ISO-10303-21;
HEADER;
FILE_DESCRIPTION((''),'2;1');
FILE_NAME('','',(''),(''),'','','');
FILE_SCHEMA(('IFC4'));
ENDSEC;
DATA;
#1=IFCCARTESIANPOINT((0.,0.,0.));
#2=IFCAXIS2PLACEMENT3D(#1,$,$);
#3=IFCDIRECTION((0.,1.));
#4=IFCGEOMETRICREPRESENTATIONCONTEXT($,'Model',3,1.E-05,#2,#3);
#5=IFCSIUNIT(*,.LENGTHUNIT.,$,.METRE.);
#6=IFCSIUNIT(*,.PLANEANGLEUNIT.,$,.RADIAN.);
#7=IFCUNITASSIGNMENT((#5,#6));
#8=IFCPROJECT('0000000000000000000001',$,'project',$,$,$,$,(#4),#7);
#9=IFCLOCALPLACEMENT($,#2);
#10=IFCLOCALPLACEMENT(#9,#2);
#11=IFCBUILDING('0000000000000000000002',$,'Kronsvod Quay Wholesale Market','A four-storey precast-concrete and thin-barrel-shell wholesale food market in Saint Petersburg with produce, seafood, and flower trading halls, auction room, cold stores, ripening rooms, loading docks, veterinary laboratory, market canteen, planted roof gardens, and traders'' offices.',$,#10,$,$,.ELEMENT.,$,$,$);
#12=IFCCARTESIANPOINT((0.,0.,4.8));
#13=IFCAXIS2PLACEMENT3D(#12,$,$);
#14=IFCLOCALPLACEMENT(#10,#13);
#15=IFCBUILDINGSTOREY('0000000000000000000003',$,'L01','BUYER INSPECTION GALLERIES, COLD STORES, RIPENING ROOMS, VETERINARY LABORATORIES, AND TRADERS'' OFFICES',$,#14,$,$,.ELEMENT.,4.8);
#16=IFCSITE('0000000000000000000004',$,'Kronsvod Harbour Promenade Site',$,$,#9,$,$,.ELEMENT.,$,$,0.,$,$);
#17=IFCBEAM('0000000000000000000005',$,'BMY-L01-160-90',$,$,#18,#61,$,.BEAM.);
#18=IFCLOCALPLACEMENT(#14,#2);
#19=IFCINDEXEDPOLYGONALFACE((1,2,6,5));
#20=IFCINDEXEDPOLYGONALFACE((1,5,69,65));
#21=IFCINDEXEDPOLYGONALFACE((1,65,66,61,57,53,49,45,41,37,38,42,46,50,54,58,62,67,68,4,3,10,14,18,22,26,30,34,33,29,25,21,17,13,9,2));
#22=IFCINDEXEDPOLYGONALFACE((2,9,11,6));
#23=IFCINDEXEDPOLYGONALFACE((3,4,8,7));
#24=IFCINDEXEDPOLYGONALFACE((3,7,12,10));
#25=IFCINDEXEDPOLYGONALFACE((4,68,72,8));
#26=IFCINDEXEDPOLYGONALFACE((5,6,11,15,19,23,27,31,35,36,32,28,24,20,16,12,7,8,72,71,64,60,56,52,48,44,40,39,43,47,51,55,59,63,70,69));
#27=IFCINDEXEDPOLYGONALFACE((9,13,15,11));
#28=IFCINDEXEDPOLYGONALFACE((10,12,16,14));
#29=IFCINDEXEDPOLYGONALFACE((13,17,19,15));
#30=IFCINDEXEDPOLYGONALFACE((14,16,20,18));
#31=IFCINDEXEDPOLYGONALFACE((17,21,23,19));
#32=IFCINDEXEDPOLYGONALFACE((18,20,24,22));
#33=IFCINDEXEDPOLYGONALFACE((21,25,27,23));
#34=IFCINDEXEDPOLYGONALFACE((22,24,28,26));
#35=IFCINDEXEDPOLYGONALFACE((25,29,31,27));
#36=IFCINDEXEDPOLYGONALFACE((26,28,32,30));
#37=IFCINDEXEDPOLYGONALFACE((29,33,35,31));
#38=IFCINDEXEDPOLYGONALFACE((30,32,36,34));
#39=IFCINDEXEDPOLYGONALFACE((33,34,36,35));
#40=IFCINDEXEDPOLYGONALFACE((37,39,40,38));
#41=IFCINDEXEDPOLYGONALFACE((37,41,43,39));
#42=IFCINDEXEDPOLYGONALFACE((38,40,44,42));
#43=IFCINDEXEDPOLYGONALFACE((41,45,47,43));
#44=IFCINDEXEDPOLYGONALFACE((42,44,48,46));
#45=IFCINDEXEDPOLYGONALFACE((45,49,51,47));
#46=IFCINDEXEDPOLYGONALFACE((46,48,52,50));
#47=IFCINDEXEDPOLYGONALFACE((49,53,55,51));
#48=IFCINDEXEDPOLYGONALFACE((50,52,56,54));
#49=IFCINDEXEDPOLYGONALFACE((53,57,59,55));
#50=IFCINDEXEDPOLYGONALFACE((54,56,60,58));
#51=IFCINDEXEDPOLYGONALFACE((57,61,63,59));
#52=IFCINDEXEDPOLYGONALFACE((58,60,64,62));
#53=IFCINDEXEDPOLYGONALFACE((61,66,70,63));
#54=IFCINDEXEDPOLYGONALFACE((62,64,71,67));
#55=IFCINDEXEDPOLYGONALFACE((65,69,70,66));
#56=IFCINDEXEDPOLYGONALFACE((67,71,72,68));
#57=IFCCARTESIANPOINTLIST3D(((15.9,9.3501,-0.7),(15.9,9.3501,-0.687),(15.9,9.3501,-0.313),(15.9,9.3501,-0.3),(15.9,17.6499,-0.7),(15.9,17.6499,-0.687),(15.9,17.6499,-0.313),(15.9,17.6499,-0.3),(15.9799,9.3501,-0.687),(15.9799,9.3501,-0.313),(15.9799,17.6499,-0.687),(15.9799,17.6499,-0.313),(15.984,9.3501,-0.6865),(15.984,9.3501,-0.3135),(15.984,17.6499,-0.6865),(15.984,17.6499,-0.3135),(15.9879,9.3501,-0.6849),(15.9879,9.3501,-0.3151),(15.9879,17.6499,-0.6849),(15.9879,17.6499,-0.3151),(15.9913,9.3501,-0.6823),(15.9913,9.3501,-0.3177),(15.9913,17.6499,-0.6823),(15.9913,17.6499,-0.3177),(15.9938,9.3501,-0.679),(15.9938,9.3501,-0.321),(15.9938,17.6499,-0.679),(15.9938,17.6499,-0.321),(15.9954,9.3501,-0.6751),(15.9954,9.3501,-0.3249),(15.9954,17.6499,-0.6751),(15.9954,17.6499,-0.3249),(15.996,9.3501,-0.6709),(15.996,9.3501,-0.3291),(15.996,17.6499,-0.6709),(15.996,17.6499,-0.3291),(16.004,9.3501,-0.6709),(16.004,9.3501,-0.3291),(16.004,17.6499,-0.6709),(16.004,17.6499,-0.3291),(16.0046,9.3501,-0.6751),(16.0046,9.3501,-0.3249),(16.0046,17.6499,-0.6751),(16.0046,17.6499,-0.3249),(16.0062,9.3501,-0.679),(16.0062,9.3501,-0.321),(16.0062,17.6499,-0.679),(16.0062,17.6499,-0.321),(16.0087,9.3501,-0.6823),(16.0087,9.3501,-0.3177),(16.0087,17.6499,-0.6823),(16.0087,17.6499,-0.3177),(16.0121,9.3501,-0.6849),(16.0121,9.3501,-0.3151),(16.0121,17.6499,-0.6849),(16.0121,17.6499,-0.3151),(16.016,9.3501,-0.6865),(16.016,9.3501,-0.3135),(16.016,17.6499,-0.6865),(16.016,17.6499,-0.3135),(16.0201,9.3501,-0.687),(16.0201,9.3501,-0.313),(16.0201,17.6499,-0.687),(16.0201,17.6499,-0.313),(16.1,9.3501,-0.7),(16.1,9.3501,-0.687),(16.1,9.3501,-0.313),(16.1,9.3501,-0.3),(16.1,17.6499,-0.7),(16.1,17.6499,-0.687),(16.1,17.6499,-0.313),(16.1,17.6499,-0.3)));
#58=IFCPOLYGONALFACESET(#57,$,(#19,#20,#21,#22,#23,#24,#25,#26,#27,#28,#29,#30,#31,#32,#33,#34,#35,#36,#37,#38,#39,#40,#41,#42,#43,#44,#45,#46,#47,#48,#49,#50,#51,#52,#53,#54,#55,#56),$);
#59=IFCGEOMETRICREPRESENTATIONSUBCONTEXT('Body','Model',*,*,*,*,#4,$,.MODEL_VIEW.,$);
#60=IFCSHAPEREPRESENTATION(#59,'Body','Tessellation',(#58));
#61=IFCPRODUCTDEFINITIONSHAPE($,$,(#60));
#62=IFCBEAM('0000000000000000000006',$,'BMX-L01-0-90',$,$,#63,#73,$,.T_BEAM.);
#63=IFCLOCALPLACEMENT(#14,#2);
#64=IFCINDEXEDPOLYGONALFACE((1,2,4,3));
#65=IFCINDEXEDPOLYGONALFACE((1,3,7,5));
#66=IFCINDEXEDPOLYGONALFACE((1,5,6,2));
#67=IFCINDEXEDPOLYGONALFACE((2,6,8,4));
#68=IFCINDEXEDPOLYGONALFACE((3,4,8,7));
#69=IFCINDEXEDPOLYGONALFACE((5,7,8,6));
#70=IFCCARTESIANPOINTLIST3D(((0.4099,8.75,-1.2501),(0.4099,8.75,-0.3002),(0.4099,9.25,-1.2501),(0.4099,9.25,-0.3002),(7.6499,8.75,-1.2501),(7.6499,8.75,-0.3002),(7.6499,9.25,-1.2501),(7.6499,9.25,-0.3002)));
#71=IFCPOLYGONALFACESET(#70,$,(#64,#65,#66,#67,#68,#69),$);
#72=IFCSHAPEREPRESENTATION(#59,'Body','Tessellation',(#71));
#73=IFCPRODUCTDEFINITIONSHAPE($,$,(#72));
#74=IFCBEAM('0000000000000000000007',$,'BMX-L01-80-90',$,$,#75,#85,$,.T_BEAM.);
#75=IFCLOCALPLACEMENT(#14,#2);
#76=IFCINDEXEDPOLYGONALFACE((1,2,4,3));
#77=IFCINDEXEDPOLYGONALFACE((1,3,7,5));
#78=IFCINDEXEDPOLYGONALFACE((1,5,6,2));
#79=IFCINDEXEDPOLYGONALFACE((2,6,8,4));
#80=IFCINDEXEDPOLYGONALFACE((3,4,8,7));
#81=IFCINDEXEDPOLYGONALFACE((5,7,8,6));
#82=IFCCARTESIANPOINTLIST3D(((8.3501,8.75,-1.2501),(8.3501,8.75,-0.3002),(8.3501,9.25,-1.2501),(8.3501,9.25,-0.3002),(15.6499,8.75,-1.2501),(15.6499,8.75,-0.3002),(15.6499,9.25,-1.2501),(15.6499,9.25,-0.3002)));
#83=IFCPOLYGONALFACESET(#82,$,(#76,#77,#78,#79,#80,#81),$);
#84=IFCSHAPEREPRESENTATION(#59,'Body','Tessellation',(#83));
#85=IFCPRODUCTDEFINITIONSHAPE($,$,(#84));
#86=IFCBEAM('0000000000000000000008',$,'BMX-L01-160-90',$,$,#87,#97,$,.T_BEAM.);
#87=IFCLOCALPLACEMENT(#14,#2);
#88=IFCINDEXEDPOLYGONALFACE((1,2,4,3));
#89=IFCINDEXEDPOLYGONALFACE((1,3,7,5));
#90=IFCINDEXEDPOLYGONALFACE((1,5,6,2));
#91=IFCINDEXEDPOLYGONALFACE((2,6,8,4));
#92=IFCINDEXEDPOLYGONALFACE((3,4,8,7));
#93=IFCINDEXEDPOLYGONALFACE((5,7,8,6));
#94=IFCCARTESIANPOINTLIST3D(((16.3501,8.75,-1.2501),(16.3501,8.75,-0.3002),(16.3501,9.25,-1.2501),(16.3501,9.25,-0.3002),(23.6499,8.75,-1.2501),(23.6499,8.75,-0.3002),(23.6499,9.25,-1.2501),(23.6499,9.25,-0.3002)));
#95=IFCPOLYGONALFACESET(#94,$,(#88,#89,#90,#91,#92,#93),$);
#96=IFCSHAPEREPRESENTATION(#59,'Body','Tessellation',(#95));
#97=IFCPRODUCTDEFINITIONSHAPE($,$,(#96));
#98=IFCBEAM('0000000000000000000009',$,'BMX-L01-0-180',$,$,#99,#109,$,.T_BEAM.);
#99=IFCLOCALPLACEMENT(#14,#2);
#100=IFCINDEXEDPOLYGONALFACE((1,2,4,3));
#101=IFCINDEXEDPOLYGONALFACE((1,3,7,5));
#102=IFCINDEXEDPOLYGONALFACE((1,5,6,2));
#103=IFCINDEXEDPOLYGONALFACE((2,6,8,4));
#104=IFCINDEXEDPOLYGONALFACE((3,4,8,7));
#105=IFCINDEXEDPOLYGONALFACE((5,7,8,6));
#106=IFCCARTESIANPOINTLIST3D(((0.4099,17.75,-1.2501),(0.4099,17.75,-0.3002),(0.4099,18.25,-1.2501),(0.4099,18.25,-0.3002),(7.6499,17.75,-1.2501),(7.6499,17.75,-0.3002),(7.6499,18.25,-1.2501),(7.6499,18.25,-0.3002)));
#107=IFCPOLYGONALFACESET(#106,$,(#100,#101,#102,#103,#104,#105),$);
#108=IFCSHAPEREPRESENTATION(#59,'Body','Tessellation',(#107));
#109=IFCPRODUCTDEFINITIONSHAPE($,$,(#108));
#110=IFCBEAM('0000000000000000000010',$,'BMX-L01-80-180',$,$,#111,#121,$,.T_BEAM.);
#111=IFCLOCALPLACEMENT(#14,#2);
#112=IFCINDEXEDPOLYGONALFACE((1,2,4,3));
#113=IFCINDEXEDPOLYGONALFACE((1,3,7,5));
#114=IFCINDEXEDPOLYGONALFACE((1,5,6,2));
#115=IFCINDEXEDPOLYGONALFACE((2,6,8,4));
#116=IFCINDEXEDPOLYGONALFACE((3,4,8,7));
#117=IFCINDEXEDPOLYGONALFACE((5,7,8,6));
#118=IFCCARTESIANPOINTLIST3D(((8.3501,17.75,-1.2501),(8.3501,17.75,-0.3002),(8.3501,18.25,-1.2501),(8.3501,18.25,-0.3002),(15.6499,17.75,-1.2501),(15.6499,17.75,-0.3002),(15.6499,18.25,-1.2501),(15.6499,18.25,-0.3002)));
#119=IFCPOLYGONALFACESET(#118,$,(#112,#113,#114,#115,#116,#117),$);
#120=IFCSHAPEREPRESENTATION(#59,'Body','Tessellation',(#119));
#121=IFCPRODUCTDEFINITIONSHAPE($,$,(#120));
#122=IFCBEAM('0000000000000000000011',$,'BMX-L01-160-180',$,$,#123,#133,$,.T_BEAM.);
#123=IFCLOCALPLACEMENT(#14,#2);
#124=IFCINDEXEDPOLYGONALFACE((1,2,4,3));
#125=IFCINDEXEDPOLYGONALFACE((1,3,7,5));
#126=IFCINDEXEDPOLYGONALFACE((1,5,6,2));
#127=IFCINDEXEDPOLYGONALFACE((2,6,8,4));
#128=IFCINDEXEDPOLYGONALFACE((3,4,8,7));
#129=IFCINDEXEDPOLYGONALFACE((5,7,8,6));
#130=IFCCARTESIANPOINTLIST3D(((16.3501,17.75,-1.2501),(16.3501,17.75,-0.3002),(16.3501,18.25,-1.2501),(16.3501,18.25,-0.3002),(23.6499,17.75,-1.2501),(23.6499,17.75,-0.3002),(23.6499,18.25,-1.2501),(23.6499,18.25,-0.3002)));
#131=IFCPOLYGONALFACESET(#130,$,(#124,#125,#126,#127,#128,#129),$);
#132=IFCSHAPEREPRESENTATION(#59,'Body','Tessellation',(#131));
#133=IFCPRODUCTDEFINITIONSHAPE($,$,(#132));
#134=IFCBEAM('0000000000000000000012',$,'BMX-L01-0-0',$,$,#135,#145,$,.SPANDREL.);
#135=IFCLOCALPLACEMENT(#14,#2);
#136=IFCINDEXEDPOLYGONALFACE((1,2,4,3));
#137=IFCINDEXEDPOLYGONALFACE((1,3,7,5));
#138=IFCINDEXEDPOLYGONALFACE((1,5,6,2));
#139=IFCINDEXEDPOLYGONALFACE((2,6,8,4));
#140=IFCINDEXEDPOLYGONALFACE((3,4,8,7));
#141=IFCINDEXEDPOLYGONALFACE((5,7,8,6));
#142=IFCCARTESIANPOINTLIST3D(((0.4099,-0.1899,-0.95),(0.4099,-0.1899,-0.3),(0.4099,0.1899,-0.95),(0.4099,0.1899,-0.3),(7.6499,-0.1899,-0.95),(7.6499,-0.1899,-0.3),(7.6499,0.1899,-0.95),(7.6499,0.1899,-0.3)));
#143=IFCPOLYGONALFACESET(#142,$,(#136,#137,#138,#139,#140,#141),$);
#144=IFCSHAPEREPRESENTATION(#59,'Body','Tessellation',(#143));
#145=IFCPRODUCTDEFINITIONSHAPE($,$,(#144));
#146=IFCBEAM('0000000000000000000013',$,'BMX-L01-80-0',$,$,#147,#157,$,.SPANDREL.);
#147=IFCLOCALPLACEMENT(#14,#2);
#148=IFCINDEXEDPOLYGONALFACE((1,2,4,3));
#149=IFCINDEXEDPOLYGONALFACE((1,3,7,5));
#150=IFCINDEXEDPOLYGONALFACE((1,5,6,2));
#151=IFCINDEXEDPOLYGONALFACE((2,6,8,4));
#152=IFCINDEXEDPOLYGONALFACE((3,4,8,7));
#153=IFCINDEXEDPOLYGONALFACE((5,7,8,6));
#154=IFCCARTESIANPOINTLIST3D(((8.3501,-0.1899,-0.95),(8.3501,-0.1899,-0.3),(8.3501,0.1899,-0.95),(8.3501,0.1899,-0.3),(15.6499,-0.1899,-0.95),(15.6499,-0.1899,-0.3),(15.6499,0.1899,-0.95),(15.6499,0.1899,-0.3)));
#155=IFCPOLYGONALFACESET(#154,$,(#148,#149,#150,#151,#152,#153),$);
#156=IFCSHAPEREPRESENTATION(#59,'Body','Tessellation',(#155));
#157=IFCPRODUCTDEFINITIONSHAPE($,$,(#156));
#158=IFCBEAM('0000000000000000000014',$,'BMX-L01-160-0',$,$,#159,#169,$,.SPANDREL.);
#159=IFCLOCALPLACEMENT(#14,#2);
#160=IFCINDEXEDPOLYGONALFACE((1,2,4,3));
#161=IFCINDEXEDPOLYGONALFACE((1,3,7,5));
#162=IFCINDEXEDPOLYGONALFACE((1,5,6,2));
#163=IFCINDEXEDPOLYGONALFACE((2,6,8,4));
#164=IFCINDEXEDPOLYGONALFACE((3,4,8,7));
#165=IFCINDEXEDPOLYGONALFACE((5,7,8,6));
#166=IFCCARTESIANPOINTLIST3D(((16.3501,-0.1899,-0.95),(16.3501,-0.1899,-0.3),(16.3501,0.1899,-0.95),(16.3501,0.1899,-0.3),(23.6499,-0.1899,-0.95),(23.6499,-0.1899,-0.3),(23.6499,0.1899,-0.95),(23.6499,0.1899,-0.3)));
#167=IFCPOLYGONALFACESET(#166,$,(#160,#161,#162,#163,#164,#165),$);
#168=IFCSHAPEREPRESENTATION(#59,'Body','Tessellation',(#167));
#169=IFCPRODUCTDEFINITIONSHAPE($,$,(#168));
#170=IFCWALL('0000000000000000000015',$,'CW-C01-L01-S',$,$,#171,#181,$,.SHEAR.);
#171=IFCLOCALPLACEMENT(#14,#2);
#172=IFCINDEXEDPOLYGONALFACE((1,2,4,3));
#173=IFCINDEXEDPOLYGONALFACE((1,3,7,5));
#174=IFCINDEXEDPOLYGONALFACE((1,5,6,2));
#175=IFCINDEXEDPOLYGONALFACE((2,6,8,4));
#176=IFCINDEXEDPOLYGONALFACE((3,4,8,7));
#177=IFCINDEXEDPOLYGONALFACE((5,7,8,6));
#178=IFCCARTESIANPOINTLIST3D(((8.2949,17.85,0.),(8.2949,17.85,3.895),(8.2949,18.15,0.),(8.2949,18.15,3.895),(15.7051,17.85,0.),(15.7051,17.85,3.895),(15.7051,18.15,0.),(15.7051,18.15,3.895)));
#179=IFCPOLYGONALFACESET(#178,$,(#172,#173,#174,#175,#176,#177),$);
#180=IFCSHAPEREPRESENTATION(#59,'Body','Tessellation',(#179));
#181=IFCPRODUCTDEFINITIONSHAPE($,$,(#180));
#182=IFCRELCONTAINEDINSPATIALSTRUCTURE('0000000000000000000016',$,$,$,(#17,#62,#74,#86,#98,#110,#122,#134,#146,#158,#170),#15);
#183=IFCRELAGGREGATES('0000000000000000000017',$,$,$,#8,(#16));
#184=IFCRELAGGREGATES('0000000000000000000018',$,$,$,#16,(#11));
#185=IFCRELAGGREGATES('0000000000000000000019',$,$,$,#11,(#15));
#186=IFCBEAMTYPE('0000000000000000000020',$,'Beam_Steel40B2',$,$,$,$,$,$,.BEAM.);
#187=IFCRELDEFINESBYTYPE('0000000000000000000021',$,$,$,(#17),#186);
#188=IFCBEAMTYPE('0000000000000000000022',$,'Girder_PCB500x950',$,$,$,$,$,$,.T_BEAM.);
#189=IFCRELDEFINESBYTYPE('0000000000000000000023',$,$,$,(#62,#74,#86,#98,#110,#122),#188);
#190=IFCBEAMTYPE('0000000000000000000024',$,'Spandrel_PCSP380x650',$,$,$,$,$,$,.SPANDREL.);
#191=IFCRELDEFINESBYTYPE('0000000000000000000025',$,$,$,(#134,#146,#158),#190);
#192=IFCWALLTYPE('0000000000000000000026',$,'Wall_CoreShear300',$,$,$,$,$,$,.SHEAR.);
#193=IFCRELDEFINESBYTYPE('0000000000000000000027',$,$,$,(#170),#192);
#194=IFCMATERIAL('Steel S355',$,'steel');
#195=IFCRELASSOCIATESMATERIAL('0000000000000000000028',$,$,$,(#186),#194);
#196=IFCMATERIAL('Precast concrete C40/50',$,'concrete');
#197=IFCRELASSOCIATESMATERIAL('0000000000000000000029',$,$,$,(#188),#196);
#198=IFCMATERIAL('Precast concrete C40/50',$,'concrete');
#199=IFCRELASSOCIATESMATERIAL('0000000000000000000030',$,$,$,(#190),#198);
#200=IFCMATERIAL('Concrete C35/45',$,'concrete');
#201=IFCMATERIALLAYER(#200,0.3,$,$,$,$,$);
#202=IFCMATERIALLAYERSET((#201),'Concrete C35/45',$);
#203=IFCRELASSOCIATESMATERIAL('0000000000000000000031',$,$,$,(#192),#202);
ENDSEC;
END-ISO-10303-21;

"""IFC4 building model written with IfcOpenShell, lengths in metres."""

from ifc_helpers import new_model, si_unit, direction, frame, frame_2d, origin, origin_2d, place, context, subcontext, project, spatial, rectangle, i_section, extrude, material, layer, layer_set, material_profile, profile_set, type_object, element, save


model = new_model("IFC4")

# Units and contexts
model_context = context("Model", 3, precision=1e-05, world=origin(), true_north=direction((0.0, 1.0)))
body_context = subcontext(model_context, "Body", "Model", "MODEL_VIEW")
ifc_project = project(units=[si_unit("LENGTHUNIT", "METRE"), si_unit("PLANEANGLEUNIT", "RADIAN")], contexts=[model_context])

# Site, building, storey
site_placement = place(None, origin())
site = spatial("IfcSite", under=ifc_project, at=site_placement, Name="Kronsvod Harbour Promenade Site", CompositionType="ELEMENT", RefElevation=0.0)
building_placement = place(site_placement, origin())
building = spatial("IfcBuilding", under=site, at=building_placement, Name="Kronsvod Quay Wholesale Market", Description="A four-storey precast-concrete and thin-barrel-shell wholesale food market in Saint Petersburg with produce, seafood, and flower trading halls, auction room, cold stores, ripening rooms, loading docks, veterinary laboratory, market canteen, planted roof gardens, and traders' offices.", CompositionType="ELEMENT")
storey_placement = place(building_placement, frame((0.0, 0.0, 4.8)))
storey = spatial("IfcBuildingStorey", under=building, at=storey_placement, Name="L01", Description="BUYER INSPECTION GALLERIES, COLD STORES, RIPENING ROOMS, VETERINARY LABORATORIES, AND TRADERS' OFFICES", CompositionType="ELEMENT", Elevation=4.8)

# Beams
ifc_material_1 = material(Name="Steel S355", Category="steel")
ifc_material_profile_1 = material_profile(ifc_material_1, i_section(OverallWidth=0.2, OverallDepth=0.3999, WebThickness=0.0081, FlangeThickness=0.0129, FilletRadius=0.0161, at=origin_2d()), Name="40B2")
ifc_profile_set_1 = profile_set([ifc_material_profile_1], Name="Steel S355")
beam_type_1 = type_object("IfcBeamType", Name="Beam_Steel40B2", PredefinedType="BEAM", material=ifc_profile_set_1)
for number, where, z_axis, x_axis, name in (
    (1, (16.0, 9.3501, -0.5), (0.0, 1.0, 0.0), (-1.0, 0.0, 0.0), "BMY-L01-160-90"),
):
    element("IfcBeam", number, at=place(storey_placement, frame(where, z_axis=z_axis, x_axis=x_axis)), inside=storey, type_object=beam_type_1, Name=name, PredefinedType="BEAM", context=body_context, shape_type="SweptSolid", body=[
        extrude(i_section(OverallWidth=0.2, OverallDepth=0.3999, WebThickness=0.0081, FlangeThickness=0.0129, FilletRadius=0.0161, at=origin_2d()), origin(), (0.0, 0.0, 1.0), 8.2998),
    ])
ifc_material_2 = material(Name="Precast concrete C40/50", Category="concrete")
ifc_material_profile_2 = material_profile(ifc_material_2, rectangle(XDim=0.5, YDim=0.95, at=origin_2d()), Name="PCB500x950")
ifc_profile_set_2 = profile_set([ifc_material_profile_2], Name="Precast concrete C40/50")
beam_type_2 = type_object("IfcBeamType", Name="Girder_PCB500x950", PredefinedType="T_BEAM", material=ifc_profile_set_2)
beam_1_placement = place(storey_placement, frame((0.4099, 9.0, -0.7751), z_axis=(1.0, 0.0, 0.0), x_axis=(0.0, 1.0, 0.0)))
element("IfcBeam", 2, at=beam_1_placement, inside=storey, type_object=beam_type_2, Name="BMX-L01-0-90", PredefinedType="T_BEAM", context=body_context, shape_type="SweptSolid", body=[
    extrude(rectangle(XDim=0.5, YDim=0.95, at=origin_2d()), origin(), (0.0, 0.0, 1.0), 7.24),
])
for number, where, z_axis, x_axis, name in (
    (3, (8.3501, 9.0, -0.7751), (1.0, 0.0, 0.0), (0.0, 1.0, 0.0), "BMX-L01-80-90"),
    (4, (16.3501, 9.0, -0.7751), (1.0, 0.0, 0.0), (0.0, 1.0, 0.0), "BMX-L01-160-90"),
):
    element("IfcBeam", number, at=place(storey_placement, frame(where, z_axis=z_axis, x_axis=x_axis)), inside=storey, type_object=beam_type_2, Name=name, PredefinedType="T_BEAM", context=body_context, shape_type="SweptSolid", body=[
        extrude(rectangle(XDim=0.5, YDim=0.95, at=origin_2d()), origin(), (0.0, 0.0, 1.0), 7.2998),
    ])
beam_2_placement = place(storey_placement, frame((0.4099, 18.0, -0.7751), z_axis=(1.0, 0.0, 0.0), x_axis=(0.0, 1.0, 0.0)))
element("IfcBeam", 5, at=beam_2_placement, inside=storey, type_object=beam_type_2, Name="BMX-L01-0-180", PredefinedType="T_BEAM", context=body_context, shape_type="SweptSolid", body=[
    extrude(rectangle(XDim=0.5, YDim=0.95, at=origin_2d()), origin(), (0.0, 0.0, 1.0), 7.24),
])
for number, where, z_axis, x_axis, name in (
    (6, (8.3501, 18.0, -0.7751), (1.0, 0.0, 0.0), (0.0, 1.0, 0.0), "BMX-L01-80-180"),
    (7, (16.3501, 18.0, -0.7751), (1.0, 0.0, 0.0), (0.0, 1.0, 0.0), "BMX-L01-160-180"),
):
    element("IfcBeam", number, at=place(storey_placement, frame(where, z_axis=z_axis, x_axis=x_axis)), inside=storey, type_object=beam_type_2, Name=name, PredefinedType="T_BEAM", context=body_context, shape_type="SweptSolid", body=[
        extrude(rectangle(XDim=0.5, YDim=0.95, at=origin_2d()), origin(), (0.0, 0.0, 1.0), 7.2998),
    ])
ifc_material_3 = material(Name="Precast concrete C40/50", Category="concrete")
ifc_material_profile_3 = material_profile(ifc_material_3, rectangle(XDim=0.3799, YDim=0.6499, at=origin_2d()), Name="SPB-03")
ifc_profile_set_3 = profile_set([ifc_material_profile_3], Name="Precast concrete C40/50")
beam_type_3 = type_object("IfcBeamType", Name="Spandrel_PCSP380x650", PredefinedType="SPANDREL", material=ifc_profile_set_3)
beam_3_placement = place(storey_placement, frame((0.4099, 0.0, -0.625), z_axis=(1.0, 0.0, 0.0), x_axis=(0.0, 1.0, 0.0)))
element("IfcBeam", 8, at=beam_3_placement, inside=storey, type_object=beam_type_3, Name="BMX-L01-0-0", PredefinedType="SPANDREL", context=body_context, shape_type="SweptSolid", body=[
    extrude(rectangle(XDim=0.3799, YDim=0.6499, at=origin_2d()), origin(), (0.0, 0.0, 1.0), 7.24),
])
for number, where, z_axis, x_axis, name in (
    (9, (8.3501, 0.0, -0.625), (1.0, 0.0, 0.0), (0.0, 1.0, 0.0), "BMX-L01-80-0"),
    (10, (16.3501, 0.0, -0.625), (1.0, 0.0, 0.0), (0.0, 1.0, 0.0), "BMX-L01-160-0"),
):
    element("IfcBeam", number, at=place(storey_placement, frame(where, z_axis=z_axis, x_axis=x_axis)), inside=storey, type_object=beam_type_3, Name=name, PredefinedType="SPANDREL", context=body_context, shape_type="SweptSolid", body=[
        extrude(rectangle(XDim=0.3799, YDim=0.6499, at=origin_2d()), origin(), (0.0, 0.0, 1.0), 7.2998),
    ])

# Wall
ifc_material_4 = material(Name="Concrete C35/45", Category="concrete")
ifc_layer_1 = layer(ifc_material_4, 0.3)
ifc_layer_set_1 = layer_set([ifc_layer_1], Name="Concrete C35/45")
wall_type_1 = type_object("IfcWallType", Name="Wall_CoreShear300", PredefinedType="SHEAR", material=ifc_layer_set_1)
wall_1_placement = place(storey_placement, frame((8.2949, 18.0, 0.0), z_axis=(0.0, 0.0, 1.0), x_axis=(1.0, 0.0, 0.0)))
element("IfcWall", 11, at=wall_1_placement, inside=storey, type_object=wall_type_1, Name="CW-C01-L01-S", PredefinedType="SHEAR", context=body_context, shape_type="SweptSolid", body=[
    extrude(rectangle(XDim=7.4102, YDim=0.3, at=frame_2d((3.7051, 0.0))), origin(), (0.0, 0.0, 1.0), 3.895),
])

save(model, "model.ifc")
